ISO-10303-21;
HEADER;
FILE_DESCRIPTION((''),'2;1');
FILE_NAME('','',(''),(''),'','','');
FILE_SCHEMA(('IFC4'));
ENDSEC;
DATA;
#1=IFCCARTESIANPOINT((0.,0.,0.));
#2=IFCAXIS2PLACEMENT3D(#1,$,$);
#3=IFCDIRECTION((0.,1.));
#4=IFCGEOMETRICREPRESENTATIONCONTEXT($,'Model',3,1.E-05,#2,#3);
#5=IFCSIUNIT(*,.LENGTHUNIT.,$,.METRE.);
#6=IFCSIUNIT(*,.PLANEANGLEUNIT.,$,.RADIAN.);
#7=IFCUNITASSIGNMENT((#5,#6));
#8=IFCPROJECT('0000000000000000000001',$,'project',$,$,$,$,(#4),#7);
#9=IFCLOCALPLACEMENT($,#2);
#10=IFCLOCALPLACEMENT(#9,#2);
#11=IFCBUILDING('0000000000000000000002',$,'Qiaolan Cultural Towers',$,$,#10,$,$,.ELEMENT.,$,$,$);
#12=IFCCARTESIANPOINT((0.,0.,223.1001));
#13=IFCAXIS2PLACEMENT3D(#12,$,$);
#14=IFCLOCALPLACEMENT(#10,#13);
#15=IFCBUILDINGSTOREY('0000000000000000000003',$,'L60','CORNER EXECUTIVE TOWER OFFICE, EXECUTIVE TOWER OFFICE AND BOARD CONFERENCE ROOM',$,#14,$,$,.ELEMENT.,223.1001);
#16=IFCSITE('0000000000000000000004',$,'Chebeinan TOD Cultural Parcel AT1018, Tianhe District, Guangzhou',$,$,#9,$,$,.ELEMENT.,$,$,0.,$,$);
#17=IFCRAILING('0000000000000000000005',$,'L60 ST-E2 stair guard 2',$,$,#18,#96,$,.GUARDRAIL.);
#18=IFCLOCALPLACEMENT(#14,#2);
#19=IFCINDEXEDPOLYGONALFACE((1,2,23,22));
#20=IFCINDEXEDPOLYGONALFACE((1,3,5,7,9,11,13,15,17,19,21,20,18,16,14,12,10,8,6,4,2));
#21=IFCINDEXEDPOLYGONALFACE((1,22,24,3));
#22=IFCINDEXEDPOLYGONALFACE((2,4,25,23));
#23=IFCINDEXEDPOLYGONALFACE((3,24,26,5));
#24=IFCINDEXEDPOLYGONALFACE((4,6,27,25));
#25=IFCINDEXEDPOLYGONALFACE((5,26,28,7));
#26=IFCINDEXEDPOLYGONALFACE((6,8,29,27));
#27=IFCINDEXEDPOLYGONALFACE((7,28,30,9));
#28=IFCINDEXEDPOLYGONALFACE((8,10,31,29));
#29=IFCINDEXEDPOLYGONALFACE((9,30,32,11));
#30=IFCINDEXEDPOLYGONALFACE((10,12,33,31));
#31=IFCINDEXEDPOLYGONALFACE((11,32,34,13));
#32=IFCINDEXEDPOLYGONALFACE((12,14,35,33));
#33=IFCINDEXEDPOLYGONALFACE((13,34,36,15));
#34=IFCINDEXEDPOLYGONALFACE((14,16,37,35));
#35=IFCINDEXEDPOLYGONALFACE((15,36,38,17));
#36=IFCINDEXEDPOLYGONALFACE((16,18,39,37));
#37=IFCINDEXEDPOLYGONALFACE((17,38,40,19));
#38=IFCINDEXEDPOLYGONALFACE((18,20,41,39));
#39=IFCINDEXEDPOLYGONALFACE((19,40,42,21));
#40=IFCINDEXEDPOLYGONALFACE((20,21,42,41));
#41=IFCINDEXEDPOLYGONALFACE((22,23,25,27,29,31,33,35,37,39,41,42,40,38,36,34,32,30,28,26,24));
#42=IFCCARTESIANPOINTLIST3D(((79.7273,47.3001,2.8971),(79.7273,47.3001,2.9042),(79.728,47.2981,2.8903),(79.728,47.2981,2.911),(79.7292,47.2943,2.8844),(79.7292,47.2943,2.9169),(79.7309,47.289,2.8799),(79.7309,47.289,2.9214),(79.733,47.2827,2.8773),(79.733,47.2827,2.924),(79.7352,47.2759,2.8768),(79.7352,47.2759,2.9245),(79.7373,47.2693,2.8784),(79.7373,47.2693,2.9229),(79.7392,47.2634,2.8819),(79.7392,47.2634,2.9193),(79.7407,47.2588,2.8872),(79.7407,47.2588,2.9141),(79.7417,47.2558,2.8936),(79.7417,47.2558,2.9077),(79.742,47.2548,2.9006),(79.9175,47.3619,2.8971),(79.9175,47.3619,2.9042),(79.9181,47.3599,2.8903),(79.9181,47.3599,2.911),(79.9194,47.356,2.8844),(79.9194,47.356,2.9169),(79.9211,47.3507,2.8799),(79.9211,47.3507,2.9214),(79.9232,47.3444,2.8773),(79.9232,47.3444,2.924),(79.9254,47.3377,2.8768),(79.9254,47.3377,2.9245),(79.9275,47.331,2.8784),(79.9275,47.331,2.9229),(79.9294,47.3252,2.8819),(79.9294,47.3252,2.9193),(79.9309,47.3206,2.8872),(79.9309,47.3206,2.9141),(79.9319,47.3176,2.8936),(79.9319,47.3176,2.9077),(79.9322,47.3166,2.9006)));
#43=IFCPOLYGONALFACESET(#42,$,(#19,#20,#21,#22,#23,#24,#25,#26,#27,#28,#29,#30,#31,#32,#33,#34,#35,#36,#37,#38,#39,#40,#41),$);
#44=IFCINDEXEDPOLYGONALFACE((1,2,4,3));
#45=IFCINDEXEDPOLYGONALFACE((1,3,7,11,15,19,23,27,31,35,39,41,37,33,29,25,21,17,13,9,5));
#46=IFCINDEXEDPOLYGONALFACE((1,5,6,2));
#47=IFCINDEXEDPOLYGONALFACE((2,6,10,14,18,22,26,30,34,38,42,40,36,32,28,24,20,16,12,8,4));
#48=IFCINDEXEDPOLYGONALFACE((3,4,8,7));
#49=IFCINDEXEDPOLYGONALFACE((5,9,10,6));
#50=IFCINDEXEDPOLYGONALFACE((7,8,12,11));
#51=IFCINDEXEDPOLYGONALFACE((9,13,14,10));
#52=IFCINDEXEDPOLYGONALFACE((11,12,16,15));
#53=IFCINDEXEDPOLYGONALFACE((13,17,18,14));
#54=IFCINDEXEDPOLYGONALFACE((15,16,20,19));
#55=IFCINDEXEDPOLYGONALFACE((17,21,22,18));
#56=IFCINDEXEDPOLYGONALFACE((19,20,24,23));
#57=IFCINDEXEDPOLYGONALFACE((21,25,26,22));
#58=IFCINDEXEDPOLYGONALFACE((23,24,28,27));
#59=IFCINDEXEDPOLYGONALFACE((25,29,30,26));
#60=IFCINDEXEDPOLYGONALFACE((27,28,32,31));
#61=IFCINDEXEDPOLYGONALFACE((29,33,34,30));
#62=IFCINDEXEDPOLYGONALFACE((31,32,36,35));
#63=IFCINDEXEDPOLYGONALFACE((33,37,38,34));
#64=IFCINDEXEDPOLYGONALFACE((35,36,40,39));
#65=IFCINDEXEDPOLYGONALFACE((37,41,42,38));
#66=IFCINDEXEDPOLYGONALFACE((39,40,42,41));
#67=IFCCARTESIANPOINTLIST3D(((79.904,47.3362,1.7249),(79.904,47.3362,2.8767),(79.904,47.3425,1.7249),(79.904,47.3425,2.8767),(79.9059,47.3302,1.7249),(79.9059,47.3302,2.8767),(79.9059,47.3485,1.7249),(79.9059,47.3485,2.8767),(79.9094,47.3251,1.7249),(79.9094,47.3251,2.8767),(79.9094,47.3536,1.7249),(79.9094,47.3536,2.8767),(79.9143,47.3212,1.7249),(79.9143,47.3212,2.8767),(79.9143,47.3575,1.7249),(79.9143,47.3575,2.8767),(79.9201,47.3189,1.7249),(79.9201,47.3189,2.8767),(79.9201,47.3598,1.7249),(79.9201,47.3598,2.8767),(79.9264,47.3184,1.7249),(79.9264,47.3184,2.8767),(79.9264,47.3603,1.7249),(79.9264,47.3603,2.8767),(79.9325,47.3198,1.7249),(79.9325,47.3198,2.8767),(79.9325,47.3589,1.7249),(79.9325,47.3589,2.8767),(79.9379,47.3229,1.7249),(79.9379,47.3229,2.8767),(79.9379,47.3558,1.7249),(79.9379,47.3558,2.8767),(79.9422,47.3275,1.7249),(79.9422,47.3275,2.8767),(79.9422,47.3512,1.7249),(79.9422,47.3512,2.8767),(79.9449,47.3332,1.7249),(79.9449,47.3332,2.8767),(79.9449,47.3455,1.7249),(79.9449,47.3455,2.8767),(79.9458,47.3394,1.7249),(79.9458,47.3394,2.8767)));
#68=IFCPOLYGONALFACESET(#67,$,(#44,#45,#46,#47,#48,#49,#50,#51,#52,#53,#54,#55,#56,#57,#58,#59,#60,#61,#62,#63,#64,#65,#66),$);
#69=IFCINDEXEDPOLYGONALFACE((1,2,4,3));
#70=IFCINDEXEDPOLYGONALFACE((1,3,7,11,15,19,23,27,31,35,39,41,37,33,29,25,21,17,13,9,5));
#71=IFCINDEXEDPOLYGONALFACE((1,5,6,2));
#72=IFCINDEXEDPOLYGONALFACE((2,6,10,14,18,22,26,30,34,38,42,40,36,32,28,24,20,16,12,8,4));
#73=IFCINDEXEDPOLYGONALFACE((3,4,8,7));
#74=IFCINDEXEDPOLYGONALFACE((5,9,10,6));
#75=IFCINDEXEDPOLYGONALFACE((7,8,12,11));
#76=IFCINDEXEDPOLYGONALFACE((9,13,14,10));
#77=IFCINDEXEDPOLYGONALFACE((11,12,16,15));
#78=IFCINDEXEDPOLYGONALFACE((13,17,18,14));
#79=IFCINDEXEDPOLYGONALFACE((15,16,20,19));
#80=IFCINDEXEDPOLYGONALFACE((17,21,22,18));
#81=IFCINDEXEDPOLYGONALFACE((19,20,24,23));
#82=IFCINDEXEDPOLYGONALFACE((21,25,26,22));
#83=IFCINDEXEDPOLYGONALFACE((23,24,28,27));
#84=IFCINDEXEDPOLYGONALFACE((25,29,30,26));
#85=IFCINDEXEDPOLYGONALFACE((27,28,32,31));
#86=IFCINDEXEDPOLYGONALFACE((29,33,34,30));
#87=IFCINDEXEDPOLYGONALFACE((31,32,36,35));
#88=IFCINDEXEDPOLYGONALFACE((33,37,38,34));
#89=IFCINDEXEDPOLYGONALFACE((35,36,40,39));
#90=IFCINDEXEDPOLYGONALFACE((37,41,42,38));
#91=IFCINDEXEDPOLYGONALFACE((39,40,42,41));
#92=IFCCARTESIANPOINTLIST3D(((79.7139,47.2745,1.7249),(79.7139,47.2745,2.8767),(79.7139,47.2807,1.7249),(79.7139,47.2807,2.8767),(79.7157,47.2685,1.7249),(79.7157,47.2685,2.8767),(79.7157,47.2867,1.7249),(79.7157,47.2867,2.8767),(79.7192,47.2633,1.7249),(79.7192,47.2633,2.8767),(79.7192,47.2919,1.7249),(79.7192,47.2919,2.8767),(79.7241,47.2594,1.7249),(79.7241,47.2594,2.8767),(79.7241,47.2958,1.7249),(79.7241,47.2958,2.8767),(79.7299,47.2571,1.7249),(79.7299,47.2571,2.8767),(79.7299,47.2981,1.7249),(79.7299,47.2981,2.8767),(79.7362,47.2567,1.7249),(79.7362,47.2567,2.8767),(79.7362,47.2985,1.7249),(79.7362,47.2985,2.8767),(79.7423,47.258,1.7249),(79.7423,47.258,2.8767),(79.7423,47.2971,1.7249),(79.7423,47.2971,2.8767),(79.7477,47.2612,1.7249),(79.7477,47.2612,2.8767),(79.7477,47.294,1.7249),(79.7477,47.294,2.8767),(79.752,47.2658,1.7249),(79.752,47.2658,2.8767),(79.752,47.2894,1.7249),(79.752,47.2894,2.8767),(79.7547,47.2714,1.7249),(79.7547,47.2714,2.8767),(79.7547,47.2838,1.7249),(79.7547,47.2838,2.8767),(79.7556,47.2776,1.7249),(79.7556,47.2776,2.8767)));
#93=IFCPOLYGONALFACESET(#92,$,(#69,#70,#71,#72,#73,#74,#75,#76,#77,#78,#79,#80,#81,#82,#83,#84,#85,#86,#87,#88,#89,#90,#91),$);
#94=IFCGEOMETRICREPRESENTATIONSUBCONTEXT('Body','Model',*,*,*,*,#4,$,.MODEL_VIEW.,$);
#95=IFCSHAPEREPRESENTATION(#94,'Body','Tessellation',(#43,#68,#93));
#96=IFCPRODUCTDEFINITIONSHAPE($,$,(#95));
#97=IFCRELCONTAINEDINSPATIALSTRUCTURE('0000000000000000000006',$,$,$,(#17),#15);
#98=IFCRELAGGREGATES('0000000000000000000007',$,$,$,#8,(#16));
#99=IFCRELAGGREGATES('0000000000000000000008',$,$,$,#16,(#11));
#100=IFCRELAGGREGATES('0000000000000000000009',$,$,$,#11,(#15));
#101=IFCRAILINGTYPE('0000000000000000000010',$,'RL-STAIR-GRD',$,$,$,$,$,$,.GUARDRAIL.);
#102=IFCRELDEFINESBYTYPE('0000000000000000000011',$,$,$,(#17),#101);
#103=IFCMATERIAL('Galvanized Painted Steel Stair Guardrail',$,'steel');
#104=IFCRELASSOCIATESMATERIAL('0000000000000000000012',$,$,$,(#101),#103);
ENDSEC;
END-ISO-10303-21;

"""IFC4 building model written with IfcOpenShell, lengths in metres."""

from ifc_helpers import new_model, si_unit, direction, frame, origin, origin_2d, place, context, subcontext, project, spatial, circle, extrude, material, type_object, element, save


model = new_model("IFC4")

# Units and contexts
model_context = context("Model", 3, precision=1e-05, world=origin(), true_north=direction((0.0, 1.0)))
body_context = subcontext(model_context, "Body", "Model", "MODEL_VIEW")
ifc_project = project(units=[si_unit("LENGTHUNIT", "METRE"), si_unit("PLANEANGLEUNIT", "RADIAN")], contexts=[model_context])

# Site, building, storey
site_placement = place(None, origin())
site = spatial("IfcSite", under=ifc_project, at=site_placement, Name="Chebeinan TOD Cultural Parcel AT1018, Tianhe District, Guangzhou", CompositionType="ELEMENT", RefElevation=0.0)
building_placement = place(site_placement, origin())
building = spatial("IfcBuilding", under=site, at=building_placement, Name="Qiaolan Cultural Towers", CompositionType="ELEMENT")
storey_placement = place(building_placement, frame((0.0, 0.0, 223.1001)))
storey = spatial("IfcBuildingStorey", under=building, at=storey_placement, Name="L60", Description="CORNER EXECUTIVE TOWER OFFICE, EXECUTIVE TOWER OFFICE AND BOARD CONFERENCE ROOM", CompositionType="ELEMENT", Elevation=223.1001)

# Railing
ifc_material_1 = material(Name="Galvanized Painted Steel Stair Guardrail", Category="steel")
railing_type_1 = type_object("IfcRailingType", Name="RL-STAIR-GRD", PredefinedType="GUARDRAIL", material=ifc_material_1)
railing_1_placement = place(storey_placement, frame((79.9248, 47.3394, 1.7249)))
element("IfcRailing", 1, at=railing_1_placement, inside=storey, type_object=railing_type_1, Name="L60 ST-E2 stair guard 2", PredefinedType="GUARDRAIL", context=body_context, shape_type="SweptSolid", body=[
    extrude(circle(Radius=0.0239, at=origin_2d()), frame((0.0, 0.0, 1.1758), z_axis=(-0.951097, -0.308893, 0.0), x_axis=(0.308893, -0.951097, 0.0)), (0.0, 0.0, 1.0), 0.2),
    extrude(circle(Radius=0.021, at=origin_2d()), origin(), (0.0, 0.0, 1.0), 1.1519),
    extrude(circle(Radius=0.021, at=origin_2d()), frame((-0.1902, -0.0618, 0.0)), (0.0, 0.0, 1.0), 1.1519),
])

save(model, "model.ifc")
